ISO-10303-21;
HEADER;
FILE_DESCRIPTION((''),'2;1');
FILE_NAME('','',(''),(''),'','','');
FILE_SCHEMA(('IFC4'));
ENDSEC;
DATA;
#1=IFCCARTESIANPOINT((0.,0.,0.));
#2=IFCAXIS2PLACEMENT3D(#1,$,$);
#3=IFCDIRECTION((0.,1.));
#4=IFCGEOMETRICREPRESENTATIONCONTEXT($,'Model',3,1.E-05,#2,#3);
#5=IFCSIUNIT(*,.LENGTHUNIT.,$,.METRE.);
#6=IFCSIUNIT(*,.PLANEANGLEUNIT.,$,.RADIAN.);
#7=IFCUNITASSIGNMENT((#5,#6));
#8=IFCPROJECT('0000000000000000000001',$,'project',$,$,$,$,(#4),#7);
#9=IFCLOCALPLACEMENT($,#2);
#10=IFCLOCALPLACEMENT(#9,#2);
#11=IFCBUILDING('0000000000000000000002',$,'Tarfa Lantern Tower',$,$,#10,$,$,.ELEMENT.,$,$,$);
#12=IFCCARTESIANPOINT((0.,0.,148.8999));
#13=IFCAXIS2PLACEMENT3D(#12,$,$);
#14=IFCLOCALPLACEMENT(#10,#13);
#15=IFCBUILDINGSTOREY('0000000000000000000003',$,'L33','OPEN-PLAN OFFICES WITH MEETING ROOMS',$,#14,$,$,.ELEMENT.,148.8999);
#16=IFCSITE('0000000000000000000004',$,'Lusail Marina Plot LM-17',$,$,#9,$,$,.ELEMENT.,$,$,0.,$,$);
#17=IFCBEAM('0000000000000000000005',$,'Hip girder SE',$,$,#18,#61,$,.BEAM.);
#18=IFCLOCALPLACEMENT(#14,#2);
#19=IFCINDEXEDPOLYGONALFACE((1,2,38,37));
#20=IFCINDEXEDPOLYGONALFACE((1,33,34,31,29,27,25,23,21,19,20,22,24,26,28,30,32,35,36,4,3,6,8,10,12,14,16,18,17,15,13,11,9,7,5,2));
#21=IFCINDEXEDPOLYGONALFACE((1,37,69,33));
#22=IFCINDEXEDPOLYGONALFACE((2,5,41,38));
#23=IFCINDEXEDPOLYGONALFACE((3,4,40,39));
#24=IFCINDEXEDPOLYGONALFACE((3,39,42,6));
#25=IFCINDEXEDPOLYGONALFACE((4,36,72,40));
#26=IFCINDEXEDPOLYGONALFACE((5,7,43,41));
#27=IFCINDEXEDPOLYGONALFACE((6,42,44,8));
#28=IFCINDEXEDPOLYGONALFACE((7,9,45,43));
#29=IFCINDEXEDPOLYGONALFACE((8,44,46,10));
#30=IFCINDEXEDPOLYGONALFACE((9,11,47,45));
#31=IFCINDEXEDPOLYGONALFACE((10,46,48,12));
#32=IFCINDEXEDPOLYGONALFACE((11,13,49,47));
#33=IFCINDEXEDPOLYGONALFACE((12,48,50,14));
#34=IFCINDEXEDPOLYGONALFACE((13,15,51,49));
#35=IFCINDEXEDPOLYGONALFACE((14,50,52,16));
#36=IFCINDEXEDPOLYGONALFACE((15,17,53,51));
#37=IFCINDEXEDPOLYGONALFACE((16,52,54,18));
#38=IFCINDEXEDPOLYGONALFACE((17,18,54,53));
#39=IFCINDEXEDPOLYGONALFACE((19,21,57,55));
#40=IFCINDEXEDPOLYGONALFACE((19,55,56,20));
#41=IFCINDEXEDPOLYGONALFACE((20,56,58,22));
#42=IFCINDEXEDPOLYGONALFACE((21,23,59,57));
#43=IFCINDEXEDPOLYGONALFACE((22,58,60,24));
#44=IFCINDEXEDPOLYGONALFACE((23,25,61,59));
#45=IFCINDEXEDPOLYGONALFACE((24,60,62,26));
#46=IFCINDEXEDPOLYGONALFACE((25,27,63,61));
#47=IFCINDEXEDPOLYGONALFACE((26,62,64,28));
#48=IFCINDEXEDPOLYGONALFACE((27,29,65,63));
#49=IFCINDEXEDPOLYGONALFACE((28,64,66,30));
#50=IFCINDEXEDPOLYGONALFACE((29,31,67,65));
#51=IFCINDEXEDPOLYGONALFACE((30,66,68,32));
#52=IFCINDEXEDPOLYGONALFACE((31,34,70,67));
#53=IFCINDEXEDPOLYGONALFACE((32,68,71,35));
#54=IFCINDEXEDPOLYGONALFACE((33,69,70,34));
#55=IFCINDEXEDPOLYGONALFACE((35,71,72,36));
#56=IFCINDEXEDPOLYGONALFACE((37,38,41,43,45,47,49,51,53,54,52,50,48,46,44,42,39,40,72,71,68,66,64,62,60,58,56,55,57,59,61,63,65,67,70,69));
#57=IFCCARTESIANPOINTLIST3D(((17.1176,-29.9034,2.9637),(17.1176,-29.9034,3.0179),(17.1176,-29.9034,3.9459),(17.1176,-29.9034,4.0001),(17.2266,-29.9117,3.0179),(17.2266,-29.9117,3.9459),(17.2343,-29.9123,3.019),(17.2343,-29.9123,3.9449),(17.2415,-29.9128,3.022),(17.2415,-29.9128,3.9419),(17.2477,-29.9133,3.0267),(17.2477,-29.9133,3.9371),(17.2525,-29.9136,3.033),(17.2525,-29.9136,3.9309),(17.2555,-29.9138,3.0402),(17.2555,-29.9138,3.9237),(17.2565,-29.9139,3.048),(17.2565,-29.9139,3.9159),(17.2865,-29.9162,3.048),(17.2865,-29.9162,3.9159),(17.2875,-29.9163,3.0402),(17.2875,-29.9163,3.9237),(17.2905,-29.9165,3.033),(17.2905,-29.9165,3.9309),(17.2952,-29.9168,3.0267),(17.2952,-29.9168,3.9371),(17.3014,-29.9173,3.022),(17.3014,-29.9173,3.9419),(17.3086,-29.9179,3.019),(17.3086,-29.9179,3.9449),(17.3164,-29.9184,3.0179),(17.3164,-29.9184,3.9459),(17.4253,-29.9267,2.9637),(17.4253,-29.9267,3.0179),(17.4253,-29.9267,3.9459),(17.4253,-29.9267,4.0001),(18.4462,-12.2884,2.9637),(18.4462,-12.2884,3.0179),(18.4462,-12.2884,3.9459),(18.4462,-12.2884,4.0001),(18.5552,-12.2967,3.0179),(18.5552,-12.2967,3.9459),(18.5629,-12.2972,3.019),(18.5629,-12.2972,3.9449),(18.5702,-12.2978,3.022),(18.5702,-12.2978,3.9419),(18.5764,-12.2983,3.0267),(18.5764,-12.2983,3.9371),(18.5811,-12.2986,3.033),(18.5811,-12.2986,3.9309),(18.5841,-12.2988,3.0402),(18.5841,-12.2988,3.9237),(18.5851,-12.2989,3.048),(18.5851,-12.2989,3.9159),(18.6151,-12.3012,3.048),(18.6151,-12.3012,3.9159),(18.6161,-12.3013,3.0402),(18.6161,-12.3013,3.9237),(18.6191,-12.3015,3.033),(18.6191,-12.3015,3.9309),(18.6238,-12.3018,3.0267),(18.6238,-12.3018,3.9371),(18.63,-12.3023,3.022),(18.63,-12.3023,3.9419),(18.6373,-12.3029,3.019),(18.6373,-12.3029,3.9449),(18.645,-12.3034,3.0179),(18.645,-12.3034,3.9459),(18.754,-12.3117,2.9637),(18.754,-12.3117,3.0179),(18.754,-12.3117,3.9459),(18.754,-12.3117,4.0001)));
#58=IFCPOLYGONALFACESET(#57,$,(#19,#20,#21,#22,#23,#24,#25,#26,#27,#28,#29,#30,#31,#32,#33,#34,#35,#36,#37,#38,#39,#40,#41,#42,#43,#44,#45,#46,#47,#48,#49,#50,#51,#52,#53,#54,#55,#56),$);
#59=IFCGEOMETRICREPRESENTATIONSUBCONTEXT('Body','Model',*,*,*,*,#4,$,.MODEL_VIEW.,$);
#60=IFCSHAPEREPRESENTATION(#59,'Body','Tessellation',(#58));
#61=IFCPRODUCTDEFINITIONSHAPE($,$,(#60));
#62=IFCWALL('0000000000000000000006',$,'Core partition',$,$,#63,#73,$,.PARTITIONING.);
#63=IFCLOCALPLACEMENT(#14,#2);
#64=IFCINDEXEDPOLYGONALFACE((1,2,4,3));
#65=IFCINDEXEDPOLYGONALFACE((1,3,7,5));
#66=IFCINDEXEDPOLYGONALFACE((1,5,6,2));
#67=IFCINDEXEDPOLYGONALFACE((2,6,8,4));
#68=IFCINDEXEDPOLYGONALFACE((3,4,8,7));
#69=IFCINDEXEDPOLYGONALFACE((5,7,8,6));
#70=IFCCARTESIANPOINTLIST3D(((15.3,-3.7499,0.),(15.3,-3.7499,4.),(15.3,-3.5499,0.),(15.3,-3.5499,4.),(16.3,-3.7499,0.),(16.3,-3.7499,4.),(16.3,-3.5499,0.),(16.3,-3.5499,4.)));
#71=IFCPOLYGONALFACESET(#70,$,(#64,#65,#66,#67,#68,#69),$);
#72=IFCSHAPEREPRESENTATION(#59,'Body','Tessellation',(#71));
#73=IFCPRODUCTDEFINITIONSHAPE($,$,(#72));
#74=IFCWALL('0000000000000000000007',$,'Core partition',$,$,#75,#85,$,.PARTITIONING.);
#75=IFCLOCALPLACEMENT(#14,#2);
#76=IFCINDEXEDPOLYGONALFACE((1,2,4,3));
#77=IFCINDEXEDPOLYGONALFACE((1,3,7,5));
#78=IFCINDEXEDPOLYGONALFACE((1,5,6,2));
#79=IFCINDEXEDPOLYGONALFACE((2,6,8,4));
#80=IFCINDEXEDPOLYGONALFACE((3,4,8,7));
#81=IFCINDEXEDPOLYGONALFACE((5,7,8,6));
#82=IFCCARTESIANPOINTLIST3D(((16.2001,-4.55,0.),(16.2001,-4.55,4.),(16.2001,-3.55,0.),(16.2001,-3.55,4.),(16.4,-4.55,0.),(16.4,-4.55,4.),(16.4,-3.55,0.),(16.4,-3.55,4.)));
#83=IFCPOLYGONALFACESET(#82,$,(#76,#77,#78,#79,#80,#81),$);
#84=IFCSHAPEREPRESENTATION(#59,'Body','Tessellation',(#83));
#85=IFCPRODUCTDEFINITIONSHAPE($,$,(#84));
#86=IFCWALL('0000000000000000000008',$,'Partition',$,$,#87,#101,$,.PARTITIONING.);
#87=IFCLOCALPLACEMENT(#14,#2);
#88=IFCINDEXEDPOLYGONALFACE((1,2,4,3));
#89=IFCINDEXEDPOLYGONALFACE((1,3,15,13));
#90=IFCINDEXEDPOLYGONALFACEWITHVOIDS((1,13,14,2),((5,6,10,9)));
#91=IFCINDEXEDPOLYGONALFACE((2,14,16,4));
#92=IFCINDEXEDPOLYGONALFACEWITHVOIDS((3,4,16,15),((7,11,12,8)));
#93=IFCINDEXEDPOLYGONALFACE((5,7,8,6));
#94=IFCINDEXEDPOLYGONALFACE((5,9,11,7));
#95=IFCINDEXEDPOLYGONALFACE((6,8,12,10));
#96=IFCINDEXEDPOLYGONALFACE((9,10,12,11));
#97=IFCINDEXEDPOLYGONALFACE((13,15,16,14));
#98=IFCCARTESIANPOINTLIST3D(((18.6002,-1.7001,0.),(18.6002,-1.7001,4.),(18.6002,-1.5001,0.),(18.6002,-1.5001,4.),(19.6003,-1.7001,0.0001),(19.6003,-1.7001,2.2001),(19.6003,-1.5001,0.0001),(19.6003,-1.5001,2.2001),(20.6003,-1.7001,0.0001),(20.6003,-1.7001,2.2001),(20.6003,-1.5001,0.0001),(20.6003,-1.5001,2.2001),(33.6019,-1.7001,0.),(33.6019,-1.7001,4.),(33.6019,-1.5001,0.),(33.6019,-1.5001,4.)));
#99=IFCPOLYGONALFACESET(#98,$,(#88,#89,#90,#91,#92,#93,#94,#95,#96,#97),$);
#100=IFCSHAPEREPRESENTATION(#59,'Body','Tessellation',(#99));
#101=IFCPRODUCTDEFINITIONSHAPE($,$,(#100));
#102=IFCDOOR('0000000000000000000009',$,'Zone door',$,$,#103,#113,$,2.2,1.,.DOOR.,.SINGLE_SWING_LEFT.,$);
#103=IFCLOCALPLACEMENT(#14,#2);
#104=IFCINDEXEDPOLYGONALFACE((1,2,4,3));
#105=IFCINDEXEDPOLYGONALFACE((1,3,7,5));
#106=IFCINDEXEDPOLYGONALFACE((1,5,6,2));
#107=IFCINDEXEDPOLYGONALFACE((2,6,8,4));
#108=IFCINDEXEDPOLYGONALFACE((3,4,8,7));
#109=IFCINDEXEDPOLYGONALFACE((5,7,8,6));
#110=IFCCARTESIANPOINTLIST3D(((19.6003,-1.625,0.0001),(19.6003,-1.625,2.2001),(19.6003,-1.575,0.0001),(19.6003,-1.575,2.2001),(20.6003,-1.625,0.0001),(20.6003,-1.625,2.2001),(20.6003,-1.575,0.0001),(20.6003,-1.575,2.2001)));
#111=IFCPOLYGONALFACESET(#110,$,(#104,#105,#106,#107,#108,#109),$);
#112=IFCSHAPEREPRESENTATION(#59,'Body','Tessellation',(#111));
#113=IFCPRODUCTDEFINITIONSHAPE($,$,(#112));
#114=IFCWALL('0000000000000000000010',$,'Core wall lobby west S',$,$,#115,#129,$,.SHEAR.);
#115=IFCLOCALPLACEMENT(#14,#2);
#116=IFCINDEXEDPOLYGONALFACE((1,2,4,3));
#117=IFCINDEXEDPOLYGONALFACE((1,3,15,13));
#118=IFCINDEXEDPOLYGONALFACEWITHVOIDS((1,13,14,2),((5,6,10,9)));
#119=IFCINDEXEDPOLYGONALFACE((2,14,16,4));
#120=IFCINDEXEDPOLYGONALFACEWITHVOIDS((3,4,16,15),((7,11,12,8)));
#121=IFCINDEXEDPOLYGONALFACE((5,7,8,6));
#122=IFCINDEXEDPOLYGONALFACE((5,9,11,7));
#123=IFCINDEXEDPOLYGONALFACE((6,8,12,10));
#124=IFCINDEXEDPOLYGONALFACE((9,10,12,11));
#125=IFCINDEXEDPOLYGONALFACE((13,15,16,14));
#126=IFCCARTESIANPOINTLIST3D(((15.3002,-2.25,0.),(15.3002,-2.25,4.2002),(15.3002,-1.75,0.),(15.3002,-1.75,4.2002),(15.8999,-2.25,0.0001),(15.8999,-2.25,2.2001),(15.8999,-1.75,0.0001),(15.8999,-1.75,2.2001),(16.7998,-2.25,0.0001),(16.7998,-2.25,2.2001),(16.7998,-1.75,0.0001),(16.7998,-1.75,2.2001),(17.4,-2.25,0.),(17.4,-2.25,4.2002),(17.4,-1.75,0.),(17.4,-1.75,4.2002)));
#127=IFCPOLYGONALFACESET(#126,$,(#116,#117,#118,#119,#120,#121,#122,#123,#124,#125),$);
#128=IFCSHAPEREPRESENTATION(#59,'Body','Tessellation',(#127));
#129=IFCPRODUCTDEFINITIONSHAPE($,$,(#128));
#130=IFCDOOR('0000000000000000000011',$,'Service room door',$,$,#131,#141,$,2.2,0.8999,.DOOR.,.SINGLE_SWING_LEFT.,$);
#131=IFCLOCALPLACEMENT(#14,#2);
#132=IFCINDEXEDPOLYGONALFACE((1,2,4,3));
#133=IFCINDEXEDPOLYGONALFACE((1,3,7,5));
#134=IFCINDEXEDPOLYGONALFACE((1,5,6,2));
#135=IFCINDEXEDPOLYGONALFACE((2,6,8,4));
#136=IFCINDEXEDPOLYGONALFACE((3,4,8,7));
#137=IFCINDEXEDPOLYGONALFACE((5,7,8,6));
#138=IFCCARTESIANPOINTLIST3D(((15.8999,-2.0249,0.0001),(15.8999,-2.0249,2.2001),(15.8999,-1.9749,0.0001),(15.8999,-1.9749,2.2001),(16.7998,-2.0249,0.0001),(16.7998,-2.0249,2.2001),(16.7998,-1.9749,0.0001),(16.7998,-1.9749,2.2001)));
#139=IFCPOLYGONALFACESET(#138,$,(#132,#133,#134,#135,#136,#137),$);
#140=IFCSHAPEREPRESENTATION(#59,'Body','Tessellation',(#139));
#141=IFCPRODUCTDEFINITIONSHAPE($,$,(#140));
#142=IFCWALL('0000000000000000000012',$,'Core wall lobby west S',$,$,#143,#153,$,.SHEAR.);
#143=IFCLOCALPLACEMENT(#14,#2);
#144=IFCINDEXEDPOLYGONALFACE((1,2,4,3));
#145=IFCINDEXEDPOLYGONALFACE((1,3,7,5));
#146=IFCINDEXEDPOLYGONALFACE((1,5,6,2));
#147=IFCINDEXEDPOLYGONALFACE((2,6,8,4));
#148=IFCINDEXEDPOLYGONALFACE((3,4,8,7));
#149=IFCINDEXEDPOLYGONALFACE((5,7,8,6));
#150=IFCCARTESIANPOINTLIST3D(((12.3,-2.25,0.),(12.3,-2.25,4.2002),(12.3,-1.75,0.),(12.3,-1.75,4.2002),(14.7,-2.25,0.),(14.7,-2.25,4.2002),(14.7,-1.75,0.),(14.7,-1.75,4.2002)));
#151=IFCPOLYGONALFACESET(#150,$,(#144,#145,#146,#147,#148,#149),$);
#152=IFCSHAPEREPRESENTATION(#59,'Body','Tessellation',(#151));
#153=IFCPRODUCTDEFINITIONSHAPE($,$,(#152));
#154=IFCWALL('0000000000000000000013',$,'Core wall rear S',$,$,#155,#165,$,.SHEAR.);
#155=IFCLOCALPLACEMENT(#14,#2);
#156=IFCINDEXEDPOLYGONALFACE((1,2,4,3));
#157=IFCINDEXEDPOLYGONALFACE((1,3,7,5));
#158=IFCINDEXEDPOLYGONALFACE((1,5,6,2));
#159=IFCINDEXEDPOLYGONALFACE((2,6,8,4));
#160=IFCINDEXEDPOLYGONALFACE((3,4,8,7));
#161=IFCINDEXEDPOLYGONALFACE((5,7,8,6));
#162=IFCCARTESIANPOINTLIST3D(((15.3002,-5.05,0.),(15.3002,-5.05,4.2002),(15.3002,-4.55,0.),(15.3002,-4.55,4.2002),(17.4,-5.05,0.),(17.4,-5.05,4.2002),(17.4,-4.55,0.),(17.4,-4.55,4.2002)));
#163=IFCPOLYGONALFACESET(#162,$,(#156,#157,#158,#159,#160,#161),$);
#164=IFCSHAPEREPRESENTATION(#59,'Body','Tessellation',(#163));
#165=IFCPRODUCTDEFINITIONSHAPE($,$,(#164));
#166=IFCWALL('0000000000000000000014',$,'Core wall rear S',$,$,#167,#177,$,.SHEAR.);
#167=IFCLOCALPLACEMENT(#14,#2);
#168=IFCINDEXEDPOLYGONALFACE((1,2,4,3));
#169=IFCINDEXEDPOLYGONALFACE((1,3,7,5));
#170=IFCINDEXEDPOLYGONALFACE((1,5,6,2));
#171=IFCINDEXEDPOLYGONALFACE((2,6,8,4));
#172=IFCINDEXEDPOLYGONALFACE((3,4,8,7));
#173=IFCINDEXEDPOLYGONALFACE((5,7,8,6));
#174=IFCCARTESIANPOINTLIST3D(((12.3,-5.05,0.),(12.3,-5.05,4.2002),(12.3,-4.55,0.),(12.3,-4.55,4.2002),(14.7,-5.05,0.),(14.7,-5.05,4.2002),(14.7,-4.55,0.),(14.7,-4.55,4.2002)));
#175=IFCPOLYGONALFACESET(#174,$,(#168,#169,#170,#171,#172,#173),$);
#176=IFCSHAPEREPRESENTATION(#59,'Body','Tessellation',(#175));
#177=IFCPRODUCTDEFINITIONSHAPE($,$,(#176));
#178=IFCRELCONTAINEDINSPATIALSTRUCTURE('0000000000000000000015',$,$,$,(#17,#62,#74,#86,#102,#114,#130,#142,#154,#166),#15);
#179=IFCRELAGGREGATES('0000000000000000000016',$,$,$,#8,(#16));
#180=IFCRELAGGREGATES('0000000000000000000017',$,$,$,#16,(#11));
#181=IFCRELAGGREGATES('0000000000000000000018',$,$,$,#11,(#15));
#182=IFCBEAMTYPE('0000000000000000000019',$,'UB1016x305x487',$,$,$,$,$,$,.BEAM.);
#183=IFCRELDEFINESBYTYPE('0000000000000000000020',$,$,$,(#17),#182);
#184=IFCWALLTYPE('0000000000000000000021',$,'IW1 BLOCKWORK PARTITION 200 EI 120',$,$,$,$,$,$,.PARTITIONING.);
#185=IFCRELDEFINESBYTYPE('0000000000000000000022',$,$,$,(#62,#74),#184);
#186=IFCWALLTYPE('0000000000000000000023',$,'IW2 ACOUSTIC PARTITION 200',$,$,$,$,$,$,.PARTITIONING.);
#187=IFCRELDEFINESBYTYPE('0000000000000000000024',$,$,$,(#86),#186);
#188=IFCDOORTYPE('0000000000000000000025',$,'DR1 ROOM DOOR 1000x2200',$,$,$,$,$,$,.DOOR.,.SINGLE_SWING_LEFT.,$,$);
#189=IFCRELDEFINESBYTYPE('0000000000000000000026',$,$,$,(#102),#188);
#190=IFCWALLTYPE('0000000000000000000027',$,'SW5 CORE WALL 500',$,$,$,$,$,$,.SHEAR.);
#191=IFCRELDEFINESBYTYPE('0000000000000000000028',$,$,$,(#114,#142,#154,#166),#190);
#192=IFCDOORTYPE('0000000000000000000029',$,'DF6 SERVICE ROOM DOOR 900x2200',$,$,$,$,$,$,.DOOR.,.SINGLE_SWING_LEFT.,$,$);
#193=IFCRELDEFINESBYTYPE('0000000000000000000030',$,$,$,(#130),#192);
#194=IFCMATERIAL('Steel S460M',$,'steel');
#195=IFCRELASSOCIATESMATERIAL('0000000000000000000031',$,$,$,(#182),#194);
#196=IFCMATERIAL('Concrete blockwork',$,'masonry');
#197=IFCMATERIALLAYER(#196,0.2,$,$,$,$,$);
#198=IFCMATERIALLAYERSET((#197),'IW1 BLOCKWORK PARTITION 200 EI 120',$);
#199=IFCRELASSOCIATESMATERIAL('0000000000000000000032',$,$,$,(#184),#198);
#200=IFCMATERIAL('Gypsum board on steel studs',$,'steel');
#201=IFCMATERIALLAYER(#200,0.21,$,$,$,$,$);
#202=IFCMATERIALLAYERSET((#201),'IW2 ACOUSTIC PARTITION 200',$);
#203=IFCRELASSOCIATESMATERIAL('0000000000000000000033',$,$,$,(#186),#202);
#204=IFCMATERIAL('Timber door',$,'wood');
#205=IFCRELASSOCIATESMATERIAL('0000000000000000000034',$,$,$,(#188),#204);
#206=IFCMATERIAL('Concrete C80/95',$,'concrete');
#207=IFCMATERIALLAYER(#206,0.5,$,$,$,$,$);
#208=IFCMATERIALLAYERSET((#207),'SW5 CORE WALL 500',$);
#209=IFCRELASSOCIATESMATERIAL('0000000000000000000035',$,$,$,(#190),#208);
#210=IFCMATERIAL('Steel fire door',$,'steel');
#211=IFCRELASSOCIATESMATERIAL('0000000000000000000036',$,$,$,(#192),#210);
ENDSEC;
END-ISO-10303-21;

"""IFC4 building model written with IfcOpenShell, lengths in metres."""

from ifc_helpers import new_model, si_unit, direction, frame, frame_2d, origin, origin_2d, place, context, subcontext, project, spatial, rectangle, i_section, extrude, material, layer, layer_set, material_profile, profile_set, type_object, element, fill, save


model = new_model("IFC4")

# Units and contexts
model_context = context("Model", 3, precision=1e-05, world=origin(), true_north=direction((0.0, 1.0)))
body_context = subcontext(model_context, "Body", "Model", "MODEL_VIEW")
ifc_project = project(units=[si_unit("LENGTHUNIT", "METRE"), si_unit("PLANEANGLEUNIT", "RADIAN")], contexts=[model_context])

# Site, building, storey
site_placement = place(None, origin())
site = spatial("IfcSite", under=ifc_project, at=site_placement, Name="Lusail Marina Plot LM-17", CompositionType="ELEMENT", RefElevation=0.0)
building_placement = place(site_placement, origin())
building = spatial("IfcBuilding", under=site, at=building_placement, Name="Tarfa Lantern Tower", CompositionType="ELEMENT")
storey_placement = place(building_placement, frame((0.0, 0.0, 148.8999)))
storey = spatial("IfcBuildingStorey", under=building, at=storey_placement, Name="L33", Description="OPEN-PLAN OFFICES WITH MEETING ROOMS", CompositionType="ELEMENT", Elevation=148.8999)

# Beam
ifc_material_1 = material(Name="Steel S460M", Category="steel")
ifc_material_profile = material_profile(ifc_material_1, i_section(OverallWidth=0.3086, OverallDepth=1.0364, WebThickness=0.03, FlangeThickness=0.0542, FilletRadius=0.03, at=origin_2d()), Name="UB1016x305x487")
ifc_profile_set = profile_set([ifc_material_profile], Name="Steel S460M")
beam_type = type_object("IfcBeamType", Name="UB1016x305x487", PredefinedType="BEAM", material=ifc_profile_set)
beam_placement = place(storey_placement, frame((18.6001, -12.3, 3.4819), z_axis=(-0.075212, -0.997168, 0.0), x_axis=(0.997168, -0.075212, 0.0)))
element("IfcBeam", 1, at=beam_placement, inside=storey, type_object=beam_type, Name="Hip girder SE", PredefinedType="BEAM", context=body_context, shape_type="SweptSolid", body=[
    extrude(i_section(OverallWidth=0.3086, OverallDepth=1.0364, WebThickness=0.03, FlangeThickness=0.0542, FilletRadius=0.03, at=origin_2d()), origin(), (0.0, 0.0, 1.0), 17.665),
])

# Walls
ifc_material_2 = material(Name="Concrete blockwork", Category="masonry")
ifc_layer_1 = layer(ifc_material_2, 0.2)
ifc_layer_set_1 = layer_set([ifc_layer_1], Name="IW1 BLOCKWORK PARTITION 200 EI 120")
wall_type_1 = type_object("IfcWallType", Name="IW1 BLOCKWORK PARTITION 200 EI 120", PredefinedType="PARTITIONING", material=ifc_layer_set_1)
for number, where, z_axis, x_axis, name in (
    (2, (16.3, -3.6499, 0.0), (0.0, 0.0, 1.0), (-1.0, 0.0, 0.0), "Core partition"),
    (3, (16.3, -3.55, 0.0), (0.0, 0.0, 1.0), (0.0, -1.0, 0.0), "Core partition"),
):
    element("IfcWall", number, at=place(storey_placement, frame(where, z_axis=z_axis, x_axis=x_axis)), inside=storey, type_object=wall_type_1, Name=name, PredefinedType="PARTITIONING", context=body_context, shape_type="SweptSolid", body=[
        extrude(rectangle(XDim=1.0, YDim=0.2, at=frame_2d((0.5, 0.0))), origin(), (0.0, 0.0, 1.0), 4.0),
    ])

# Walls, openings, doors
ifc_material_3 = material(Name="Gypsum board on steel studs", Category="steel")
ifc_layer_2 = layer(ifc_material_3, 0.21)
ifc_layer_set_2 = layer_set([ifc_layer_2], Name="IW2 ACOUSTIC PARTITION 200")
wall_type_2 = type_object("IfcWallType", Name="IW2 ACOUSTIC PARTITION 200", PredefinedType="PARTITIONING", material=ifc_layer_set_2)
wall_1_placement = place(storey_placement, frame((18.6001, -1.6001, 0.0), z_axis=(0.0, 0.0, 1.0), x_axis=(1.0, 0.0, 0.0)))
wall_1 = element("IfcWall", 4, at=wall_1_placement, inside=storey, type_object=wall_type_2, Name="Partition", PredefinedType="PARTITIONING", context=body_context, shape_type="SweptSolid", body=[
    extrude(rectangle(XDim=15.0017, YDim=0.2, at=frame_2d((7.501, 0.0))), origin(), (0.0, 0.0, 1.0), 4.0),
])
opening_1_placement = place(wall_1_placement, frame((1.0002, 0.0, 0.0)))
opening_1 = element("IfcOpeningElement", 5, at=opening_1_placement, cuts=wall_1, PredefinedType="OPENING", context=body_context, shape_type="SweptSolid", body=[
    extrude(rectangle(XDim=1.0, YDim=2.2, at=frame_2d((0.5, 1.1001))), frame((0.0, 0.1099, 0.0), z_axis=(0.0, -1.0, 0.0), x_axis=(1.0, 0.0, 0.0)), (0.0, 0.0, 1.0), 0.22),
])
ifc_material_4 = material(Name="Timber door", Category="wood")
door_type_1 = type_object("IfcDoorType", Name="DR1 ROOM DOOR 1000x2200", OperationType="SINGLE_SWING_LEFT", PredefinedType="DOOR", material=ifc_material_4)
door_1_placement = place(opening_1_placement, frame((1.0, 0.0, 0.0), z_axis=(0.0, 0.0, 1.0), x_axis=(-1.0, 0.0, 0.0)))
door_1 = element("IfcDoor", 6, at=door_1_placement, inside=storey, type_object=door_type_1, Name="Zone door", OperationType="SINGLE_SWING_LEFT", OverallHeight=2.2, OverallWidth=1.0, PredefinedType="DOOR", context=body_context, shape_type="SweptSolid", body=[
    extrude(rectangle(XDim=1.0, YDim=2.2, at=frame_2d((0.5, 1.1001))), frame((0.0, 0.0249, 0.0), z_axis=(0.0, -1.0, 0.0), x_axis=(1.0, 0.0, 0.0)), (0.0, 0.0, 1.0), 0.05),
])
fill(opening_1, door_1)
ifc_material_5 = material(Name="Concrete C80/95", Category="concrete")
ifc_material_6 = material(Name="Steel fire door", Category="steel")
ifc_layer_3 = layer(ifc_material_5, 0.5)
ifc_layer_set_3 = layer_set([ifc_layer_3], Name="SW5 CORE WALL 500")
wall_type_3 = type_object("IfcWallType", Name="SW5 CORE WALL 500", PredefinedType="SHEAR", material=ifc_layer_set_3)
wall_2_placement = place(storey_placement, frame((17.3999, -2.0, 0.0), z_axis=(0.0, 0.0, 1.0), x_axis=(-1.0, 0.0, 0.0)))
wall_2 = element("IfcWall", 7, at=wall_2_placement, inside=storey, type_object=wall_type_3, Name="Core wall lobby west S", PredefinedType="SHEAR", context=body_context, shape_type="SweptSolid", body=[
    extrude(rectangle(XDim=2.0999, YDim=0.5, at=frame_2d((1.0498, 0.0))), origin(), (0.0, 0.0, 1.0), 4.2002),
])
opening_2_placement = place(wall_2_placement, frame((0.6001, 0.0, 0.0)))
opening_2 = element("IfcOpeningElement", 8, at=opening_2_placement, cuts=wall_2, PredefinedType="OPENING", context=body_context, shape_type="SweptSolid", body=[
    extrude(rectangle(XDim=0.8999, YDim=2.2, at=frame_2d((0.45, 1.1001))), frame((0.0, 0.26, 0.0), z_axis=(0.0, -1.0, 0.0), x_axis=(1.0, 0.0, 0.0)), (0.0, 0.0, 1.0), 0.52),
])
door_type_2 = type_object("IfcDoorType", Name="DF6 SERVICE ROOM DOOR 900x2200", OperationType="SINGLE_SWING_LEFT", PredefinedType="DOOR", material=ifc_material_6)
door_2_placement = place(opening_2_placement, origin())
door_2 = element("IfcDoor", 9, at=door_2_placement, inside=storey, type_object=door_type_2, Name="Service room door", OperationType="SINGLE_SWING_LEFT", OverallHeight=2.2, OverallWidth=0.8999, PredefinedType="DOOR", context=body_context, shape_type="SweptSolid", body=[
    extrude(rectangle(XDim=0.8999, YDim=2.2, at=frame_2d((0.45, 1.1001))), frame((0.0, 0.0249, 0.0), z_axis=(0.0, -1.0, 0.0), x_axis=(1.0, 0.0, 0.0)), (0.0, 0.0, 1.0), 0.05),
])
fill(opening_2, door_2)

# Walls
wall_3_placement = place(storey_placement, frame((14.7, -2.0, 0.0), z_axis=(0.0, 0.0, 1.0), x_axis=(-1.0, 0.0, 0.0)))
element("IfcWall", 10, at=wall_3_placement, inside=storey, type_object=wall_type_3, Name="Core wall lobby west S", PredefinedType="SHEAR", context=body_context, shape_type="SweptSolid", body=[
    extrude(rectangle(XDim=2.3999, YDim=0.5, at=frame_2d((1.2, 0.0))), origin(), (0.0, 0.0, 1.0), 4.2002),
])
wall_4_placement = place(storey_placement, frame((17.3999, -4.8, 0.0), z_axis=(0.0, 0.0, 1.0), x_axis=(-1.0, 0.0, 0.0)))
element("IfcWall", 11, at=wall_4_placement, inside=storey, type_object=wall_type_3, Name="Core wall rear S", PredefinedType="SHEAR", context=body_context, shape_type="SweptSolid", body=[
    extrude(rectangle(XDim=2.0999, YDim=0.5, at=frame_2d((1.0498, 0.0))), origin(), (0.0, 0.0, 1.0), 4.2002),
])
wall_5_placement = place(storey_placement, frame((14.7, -4.8, 0.0), z_axis=(0.0, 0.0, 1.0), x_axis=(-1.0, 0.0, 0.0)))
element("IfcWall", 12, at=wall_5_placement, inside=storey, type_object=wall_type_3, Name="Core wall rear S", PredefinedType="SHEAR", context=body_context, shape_type="SweptSolid", body=[
    extrude(rectangle(XDim=2.3999, YDim=0.5, at=frame_2d((1.2, 0.0))), origin(), (0.0, 0.0, 1.0), 4.2002),
])

save(model, "model.ifc")
